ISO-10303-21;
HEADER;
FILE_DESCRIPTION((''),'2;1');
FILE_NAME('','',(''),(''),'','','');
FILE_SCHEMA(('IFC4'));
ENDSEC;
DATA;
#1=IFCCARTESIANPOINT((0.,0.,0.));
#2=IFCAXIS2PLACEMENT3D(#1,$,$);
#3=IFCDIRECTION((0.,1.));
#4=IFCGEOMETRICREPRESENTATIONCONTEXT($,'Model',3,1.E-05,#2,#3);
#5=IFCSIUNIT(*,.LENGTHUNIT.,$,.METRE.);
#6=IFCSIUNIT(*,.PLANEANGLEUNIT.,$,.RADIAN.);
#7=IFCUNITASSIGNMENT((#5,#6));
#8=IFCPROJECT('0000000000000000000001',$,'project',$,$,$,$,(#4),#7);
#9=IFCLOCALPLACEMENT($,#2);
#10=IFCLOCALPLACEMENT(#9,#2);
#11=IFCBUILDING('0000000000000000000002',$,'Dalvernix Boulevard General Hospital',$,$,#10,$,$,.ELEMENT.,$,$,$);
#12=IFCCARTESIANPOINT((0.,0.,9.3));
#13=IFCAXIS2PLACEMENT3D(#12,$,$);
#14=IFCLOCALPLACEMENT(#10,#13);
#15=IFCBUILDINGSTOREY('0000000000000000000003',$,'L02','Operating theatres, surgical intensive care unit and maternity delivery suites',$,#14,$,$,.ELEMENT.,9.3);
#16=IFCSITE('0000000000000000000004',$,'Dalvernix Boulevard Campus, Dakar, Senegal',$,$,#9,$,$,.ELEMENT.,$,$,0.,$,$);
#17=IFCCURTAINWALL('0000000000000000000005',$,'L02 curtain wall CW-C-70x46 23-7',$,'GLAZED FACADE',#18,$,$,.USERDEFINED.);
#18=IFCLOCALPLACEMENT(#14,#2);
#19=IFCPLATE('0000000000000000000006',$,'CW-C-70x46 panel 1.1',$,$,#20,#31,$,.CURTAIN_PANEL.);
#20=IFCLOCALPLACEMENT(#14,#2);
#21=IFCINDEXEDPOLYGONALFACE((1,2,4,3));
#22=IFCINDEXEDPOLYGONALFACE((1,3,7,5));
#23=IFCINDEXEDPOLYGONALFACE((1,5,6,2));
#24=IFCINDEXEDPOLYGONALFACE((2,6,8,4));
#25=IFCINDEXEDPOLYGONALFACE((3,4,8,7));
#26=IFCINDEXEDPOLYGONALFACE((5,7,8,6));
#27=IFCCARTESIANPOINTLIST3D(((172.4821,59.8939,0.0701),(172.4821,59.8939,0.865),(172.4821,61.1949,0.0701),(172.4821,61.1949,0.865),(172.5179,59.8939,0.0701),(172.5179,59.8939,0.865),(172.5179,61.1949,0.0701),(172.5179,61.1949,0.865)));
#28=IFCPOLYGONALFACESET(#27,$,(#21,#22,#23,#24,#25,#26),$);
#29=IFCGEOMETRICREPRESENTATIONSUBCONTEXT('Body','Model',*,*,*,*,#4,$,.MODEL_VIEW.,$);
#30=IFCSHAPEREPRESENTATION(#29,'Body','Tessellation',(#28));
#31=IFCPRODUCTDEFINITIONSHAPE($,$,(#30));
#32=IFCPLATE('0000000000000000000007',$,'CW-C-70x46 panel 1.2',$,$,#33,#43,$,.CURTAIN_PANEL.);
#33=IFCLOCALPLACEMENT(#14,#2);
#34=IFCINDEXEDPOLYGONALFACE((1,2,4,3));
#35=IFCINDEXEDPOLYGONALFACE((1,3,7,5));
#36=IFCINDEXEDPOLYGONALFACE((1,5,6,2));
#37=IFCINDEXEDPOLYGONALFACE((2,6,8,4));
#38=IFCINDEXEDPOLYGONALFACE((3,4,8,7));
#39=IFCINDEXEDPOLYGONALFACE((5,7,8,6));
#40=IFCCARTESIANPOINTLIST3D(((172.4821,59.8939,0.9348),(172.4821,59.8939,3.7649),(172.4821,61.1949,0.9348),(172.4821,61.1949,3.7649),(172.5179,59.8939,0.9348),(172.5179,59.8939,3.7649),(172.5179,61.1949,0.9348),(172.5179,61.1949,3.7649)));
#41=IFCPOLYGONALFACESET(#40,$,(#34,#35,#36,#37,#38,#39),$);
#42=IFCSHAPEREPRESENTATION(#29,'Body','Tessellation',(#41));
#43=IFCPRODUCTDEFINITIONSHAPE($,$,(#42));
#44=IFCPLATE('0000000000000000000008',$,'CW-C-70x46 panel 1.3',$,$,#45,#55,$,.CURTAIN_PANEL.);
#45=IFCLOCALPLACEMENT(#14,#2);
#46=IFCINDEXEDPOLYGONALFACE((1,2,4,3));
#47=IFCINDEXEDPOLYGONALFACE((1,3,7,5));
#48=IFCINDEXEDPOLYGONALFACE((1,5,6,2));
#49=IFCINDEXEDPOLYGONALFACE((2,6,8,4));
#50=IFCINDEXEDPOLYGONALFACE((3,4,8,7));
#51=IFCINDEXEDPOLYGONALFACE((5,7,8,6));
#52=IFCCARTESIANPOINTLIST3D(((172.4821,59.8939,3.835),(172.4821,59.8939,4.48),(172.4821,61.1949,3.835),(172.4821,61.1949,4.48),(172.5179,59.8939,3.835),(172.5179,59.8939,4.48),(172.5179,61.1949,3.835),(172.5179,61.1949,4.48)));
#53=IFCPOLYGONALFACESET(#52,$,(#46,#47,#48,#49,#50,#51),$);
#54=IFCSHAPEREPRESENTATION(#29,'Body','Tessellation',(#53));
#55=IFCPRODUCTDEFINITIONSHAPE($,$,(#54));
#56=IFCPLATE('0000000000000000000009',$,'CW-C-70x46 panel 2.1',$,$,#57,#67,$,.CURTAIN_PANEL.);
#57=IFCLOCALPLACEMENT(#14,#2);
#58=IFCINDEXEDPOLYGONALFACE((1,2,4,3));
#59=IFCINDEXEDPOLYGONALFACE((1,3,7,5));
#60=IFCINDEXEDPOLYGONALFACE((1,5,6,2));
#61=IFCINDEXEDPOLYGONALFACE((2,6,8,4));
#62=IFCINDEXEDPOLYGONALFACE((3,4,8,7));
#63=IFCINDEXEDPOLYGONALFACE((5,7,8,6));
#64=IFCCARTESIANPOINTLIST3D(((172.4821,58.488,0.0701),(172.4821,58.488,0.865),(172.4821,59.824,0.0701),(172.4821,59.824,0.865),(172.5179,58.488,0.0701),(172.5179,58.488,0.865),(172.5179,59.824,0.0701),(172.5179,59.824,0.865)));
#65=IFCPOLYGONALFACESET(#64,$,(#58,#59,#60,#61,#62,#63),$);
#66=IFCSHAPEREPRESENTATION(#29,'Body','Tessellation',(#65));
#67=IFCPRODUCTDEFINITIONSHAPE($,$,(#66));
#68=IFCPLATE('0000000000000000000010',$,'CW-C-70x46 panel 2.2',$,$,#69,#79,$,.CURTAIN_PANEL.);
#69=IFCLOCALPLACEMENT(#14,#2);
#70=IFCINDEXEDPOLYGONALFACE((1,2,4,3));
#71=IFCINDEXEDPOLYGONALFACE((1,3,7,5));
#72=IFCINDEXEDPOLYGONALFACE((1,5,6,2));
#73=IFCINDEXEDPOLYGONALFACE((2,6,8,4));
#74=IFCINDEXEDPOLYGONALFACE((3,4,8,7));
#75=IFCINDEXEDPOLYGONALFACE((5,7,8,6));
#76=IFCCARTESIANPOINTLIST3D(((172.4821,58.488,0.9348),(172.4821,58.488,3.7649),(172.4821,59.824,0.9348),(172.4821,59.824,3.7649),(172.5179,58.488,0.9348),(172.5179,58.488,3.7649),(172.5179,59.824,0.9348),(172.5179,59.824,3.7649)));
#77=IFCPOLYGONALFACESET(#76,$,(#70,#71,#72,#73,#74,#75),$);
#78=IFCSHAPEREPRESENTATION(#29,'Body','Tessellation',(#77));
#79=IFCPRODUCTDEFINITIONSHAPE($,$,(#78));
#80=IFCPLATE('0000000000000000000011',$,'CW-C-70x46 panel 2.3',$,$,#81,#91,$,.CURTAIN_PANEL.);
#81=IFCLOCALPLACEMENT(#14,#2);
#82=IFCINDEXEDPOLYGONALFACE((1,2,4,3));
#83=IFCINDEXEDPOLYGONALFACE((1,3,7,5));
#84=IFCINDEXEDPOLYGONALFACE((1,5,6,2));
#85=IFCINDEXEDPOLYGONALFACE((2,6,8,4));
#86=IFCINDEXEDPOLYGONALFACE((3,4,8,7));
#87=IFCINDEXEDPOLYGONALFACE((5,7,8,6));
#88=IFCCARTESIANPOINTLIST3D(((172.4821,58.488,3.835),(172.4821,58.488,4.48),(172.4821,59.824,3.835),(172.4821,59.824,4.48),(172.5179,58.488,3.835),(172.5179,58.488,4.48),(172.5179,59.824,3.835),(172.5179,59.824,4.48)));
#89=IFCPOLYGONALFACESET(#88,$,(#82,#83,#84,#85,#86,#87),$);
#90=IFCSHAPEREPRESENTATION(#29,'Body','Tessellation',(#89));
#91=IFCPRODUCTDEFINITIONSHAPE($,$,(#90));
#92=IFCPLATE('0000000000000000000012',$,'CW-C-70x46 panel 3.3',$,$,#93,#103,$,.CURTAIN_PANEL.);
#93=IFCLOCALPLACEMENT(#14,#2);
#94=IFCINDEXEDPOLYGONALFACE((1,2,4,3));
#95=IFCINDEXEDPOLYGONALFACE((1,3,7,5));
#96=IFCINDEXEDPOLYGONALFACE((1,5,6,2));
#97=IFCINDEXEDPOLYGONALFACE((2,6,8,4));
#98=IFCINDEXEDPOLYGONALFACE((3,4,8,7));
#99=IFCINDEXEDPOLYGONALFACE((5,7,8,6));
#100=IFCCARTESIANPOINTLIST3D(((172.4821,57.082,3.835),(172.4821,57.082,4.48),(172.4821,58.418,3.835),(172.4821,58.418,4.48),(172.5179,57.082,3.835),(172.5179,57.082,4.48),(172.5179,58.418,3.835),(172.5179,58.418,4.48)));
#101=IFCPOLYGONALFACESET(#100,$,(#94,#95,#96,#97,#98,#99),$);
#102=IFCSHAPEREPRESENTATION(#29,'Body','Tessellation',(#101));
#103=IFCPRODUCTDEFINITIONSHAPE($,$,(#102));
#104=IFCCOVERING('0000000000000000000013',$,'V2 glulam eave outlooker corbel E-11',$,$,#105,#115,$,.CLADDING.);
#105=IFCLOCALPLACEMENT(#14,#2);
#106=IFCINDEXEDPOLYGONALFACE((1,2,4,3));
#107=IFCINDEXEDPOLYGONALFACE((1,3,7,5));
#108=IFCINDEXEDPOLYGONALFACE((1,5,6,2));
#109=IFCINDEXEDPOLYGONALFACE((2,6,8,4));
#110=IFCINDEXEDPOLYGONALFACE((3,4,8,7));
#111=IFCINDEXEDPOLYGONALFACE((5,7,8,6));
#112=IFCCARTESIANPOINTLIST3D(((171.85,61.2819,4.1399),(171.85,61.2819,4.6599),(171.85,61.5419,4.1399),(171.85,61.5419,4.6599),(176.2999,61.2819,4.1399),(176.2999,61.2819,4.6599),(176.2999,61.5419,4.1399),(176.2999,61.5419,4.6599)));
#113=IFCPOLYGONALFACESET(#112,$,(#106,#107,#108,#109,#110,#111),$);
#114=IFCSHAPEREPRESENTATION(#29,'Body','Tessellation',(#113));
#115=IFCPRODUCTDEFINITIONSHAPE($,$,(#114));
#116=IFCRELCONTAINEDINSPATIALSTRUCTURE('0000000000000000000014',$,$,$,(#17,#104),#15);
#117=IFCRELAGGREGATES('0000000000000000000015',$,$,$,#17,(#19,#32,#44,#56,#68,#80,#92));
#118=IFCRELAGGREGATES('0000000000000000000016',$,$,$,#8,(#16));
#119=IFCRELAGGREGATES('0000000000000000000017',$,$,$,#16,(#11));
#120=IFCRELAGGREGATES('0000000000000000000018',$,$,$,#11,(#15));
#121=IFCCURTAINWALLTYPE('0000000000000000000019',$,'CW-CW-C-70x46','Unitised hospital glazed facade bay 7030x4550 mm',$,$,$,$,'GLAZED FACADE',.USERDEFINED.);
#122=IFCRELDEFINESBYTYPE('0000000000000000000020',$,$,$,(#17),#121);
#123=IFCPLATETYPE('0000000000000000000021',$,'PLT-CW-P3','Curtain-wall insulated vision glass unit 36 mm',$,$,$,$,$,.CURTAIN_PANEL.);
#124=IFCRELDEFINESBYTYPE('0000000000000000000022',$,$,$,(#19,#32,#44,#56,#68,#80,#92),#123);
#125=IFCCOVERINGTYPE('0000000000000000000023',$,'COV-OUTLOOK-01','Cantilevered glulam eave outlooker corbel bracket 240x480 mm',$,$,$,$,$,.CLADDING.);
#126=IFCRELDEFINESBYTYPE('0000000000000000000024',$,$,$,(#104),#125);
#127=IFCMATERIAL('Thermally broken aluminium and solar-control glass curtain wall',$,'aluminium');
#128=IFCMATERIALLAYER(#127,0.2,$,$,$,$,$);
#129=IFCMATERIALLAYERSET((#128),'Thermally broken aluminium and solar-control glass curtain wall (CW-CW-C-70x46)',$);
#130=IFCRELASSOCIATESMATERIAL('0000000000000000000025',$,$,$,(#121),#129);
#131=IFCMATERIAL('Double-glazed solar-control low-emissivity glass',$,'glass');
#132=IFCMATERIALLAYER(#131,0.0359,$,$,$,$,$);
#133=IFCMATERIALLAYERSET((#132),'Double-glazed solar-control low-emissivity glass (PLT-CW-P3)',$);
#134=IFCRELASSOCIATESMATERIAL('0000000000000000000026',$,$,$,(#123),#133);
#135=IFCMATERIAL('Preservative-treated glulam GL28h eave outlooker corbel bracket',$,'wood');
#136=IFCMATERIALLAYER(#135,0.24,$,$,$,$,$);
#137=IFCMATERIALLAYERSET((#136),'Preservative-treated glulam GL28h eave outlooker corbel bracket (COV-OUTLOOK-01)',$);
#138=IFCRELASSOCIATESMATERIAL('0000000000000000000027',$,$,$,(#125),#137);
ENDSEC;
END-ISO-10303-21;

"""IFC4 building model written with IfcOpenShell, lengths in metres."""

from ifc_helpers import new_model, si_unit, direction, frame, origin, origin_2d, place, context, subcontext, project, spatial, rectangle, extrude, material, layer, layer_set, type_object, element, aggregate, save


model = new_model("IFC4")

# Units and contexts
model_context = context("Model", 3, precision=1e-05, world=origin(), true_north=direction((0.0, 1.0)))
body_context = subcontext(model_context, "Body", "Model", "MODEL_VIEW")
ifc_project = project(units=[si_unit("LENGTHUNIT", "METRE"), si_unit("PLANEANGLEUNIT", "RADIAN")], contexts=[model_context])

# Site, building, storey
site_placement = place(None, origin())
site = spatial("IfcSite", under=ifc_project, at=site_placement, Name="Dalvernix Boulevard Campus, Dakar, Senegal", CompositionType="ELEMENT", RefElevation=0.0)
building_placement = place(site_placement, origin())
building = spatial("IfcBuilding", under=site, at=building_placement, Name="Dalvernix Boulevard General Hospital", CompositionType="ELEMENT")
storey_placement = place(building_placement, frame((0.0, 0.0, 9.3)))
storey = spatial("IfcBuildingStorey", under=building, at=storey_placement, Name="L02", Description="Operating theatres, surgical intensive care unit and maternity delivery suites", CompositionType="ELEMENT", Elevation=9.3)

# Curtain wall, plates
ifc_material_1 = material(Name="Thermally broken aluminium and solar-control glass curtain wall", Category="aluminium")
ifc_layer_1 = layer(ifc_material_1, 0.2)
ifc_layer_set_1 = layer_set([ifc_layer_1], Name="Thermally broken aluminium and solar-control glass curtain wall (CW-CW-C-70x46)")
curtain_wall_type = type_object("IfcCurtainWallType", Name="CW-CW-C-70x46", Description="Unitised hospital glazed facade bay 7030x4550 mm", ElementType="GLAZED FACADE", PredefinedType="USERDEFINED", material=ifc_layer_set_1)
curtain_wall_placement = place(storey_placement, origin())
curtain_wall = element("IfcCurtainWall", 1, at=curtain_wall_placement, inside=storey, type_object=curtain_wall_type, Name="L02 curtain wall CW-C-70x46 23-7", ObjectType="GLAZED FACADE", PredefinedType="USERDEFINED")
ifc_material_2 = material(Name="Double-glazed solar-control low-emissivity glass", Category="glass")
ifc_layer_2 = layer(ifc_material_2, 0.0359)
ifc_layer_set_2 = layer_set([ifc_layer_2], Name="Double-glazed solar-control low-emissivity glass (PLT-CW-P3)")
plate_type = type_object("IfcPlateType", Name="PLT-CW-P3", Description="Curtain-wall insulated vision glass unit 36 mm", PredefinedType="CURTAIN_PANEL", material=ifc_layer_set_2)
plate_1_placement = place(storey_placement, frame((172.5, 60.5444, 0.0701), z_axis=(0.0, 0.0, 1.0), x_axis=(0.0, -1.0, 0.0)))
plate_1 = element("IfcPlate", 2, at=plate_1_placement, type_object=plate_type, Name="CW-C-70x46 panel 1.1", PredefinedType="CURTAIN_PANEL", context=body_context, shape_type="SweptSolid", body=[
    extrude(rectangle(XDim=1.301, YDim=0.0359, at=origin_2d()), origin(), (0.0, 0.0, 1.0), 0.7949),
])
plate_2_placement = place(storey_placement, frame((172.5, 60.5444, 0.9348), z_axis=(0.0, 0.0, 1.0), x_axis=(0.0, -1.0, 0.0)))
plate_2 = element("IfcPlate", 3, at=plate_2_placement, type_object=plate_type, Name="CW-C-70x46 panel 1.2", PredefinedType="CURTAIN_PANEL", context=body_context, shape_type="SweptSolid", body=[
    extrude(rectangle(XDim=1.301, YDim=0.0359, at=origin_2d()), origin(), (0.0, 0.0, 1.0), 2.8301),
])
plate_3_placement = place(storey_placement, frame((172.5, 60.5444, 3.835), z_axis=(0.0, 0.0, 1.0), x_axis=(0.0, -1.0, 0.0)))
plate_3 = element("IfcPlate", 4, at=plate_3_placement, type_object=plate_type, Name="CW-C-70x46 panel 1.3", PredefinedType="CURTAIN_PANEL", context=body_context, shape_type="SweptSolid", body=[
    extrude(rectangle(XDim=1.301, YDim=0.0359, at=origin_2d()), origin(), (0.0, 0.0, 1.0), 0.645),
])
plate_4_placement = place(storey_placement, frame((172.5, 59.156, 0.0701), z_axis=(0.0, 0.0, 1.0), x_axis=(0.0, -1.0, 0.0)))
plate_4 = element("IfcPlate", 5, at=plate_4_placement, type_object=plate_type, Name="CW-C-70x46 panel 2.1", PredefinedType="CURTAIN_PANEL", context=body_context, shape_type="SweptSolid", body=[
    extrude(rectangle(XDim=1.3359, YDim=0.0359, at=origin_2d()), origin(), (0.0, 0.0, 1.0), 0.7949),
])
plate_5_placement = place(storey_placement, frame((172.5, 59.156, 0.9348), z_axis=(0.0, 0.0, 1.0), x_axis=(0.0, -1.0, 0.0)))
plate_5 = element("IfcPlate", 6, at=plate_5_placement, type_object=plate_type, Name="CW-C-70x46 panel 2.2", PredefinedType="CURTAIN_PANEL", context=body_context, shape_type="SweptSolid", body=[
    extrude(rectangle(XDim=1.3359, YDim=0.0359, at=origin_2d()), origin(), (0.0, 0.0, 1.0), 2.8301),
])
plate_6_placement = place(storey_placement, frame((172.5, 59.156, 3.835), z_axis=(0.0, 0.0, 1.0), x_axis=(0.0, -1.0, 0.0)))
plate_6 = element("IfcPlate", 7, at=plate_6_placement, type_object=plate_type, Name="CW-C-70x46 panel 2.3", PredefinedType="CURTAIN_PANEL", context=body_context, shape_type="SweptSolid", body=[
    extrude(rectangle(XDim=1.3359, YDim=0.0359, at=origin_2d()), origin(), (0.0, 0.0, 1.0), 0.645),
])
plate_7_placement = place(storey_placement, frame((172.5, 57.75, 3.835), z_axis=(0.0, 0.0, 1.0), x_axis=(0.0, -1.0, 0.0)))
plate_7 = element("IfcPlate", 8, at=plate_7_placement, type_object=plate_type, Name="CW-C-70x46 panel 3.3", PredefinedType="CURTAIN_PANEL", context=body_context, shape_type="SweptSolid", body=[
    extrude(rectangle(XDim=1.3359, YDim=0.0359, at=origin_2d()), origin(), (0.0, 0.0, 1.0), 0.645),
])
aggregate(curtain_wall, [plate_1, plate_2, plate_3, plate_4, plate_5, plate_6, plate_7])

# Covering
ifc_material_3 = material(Name="Preservative-treated glulam GL28h eave outlooker corbel bracket", Category="wood")
ifc_layer_3 = layer(ifc_material_3, 0.24)
ifc_layer_set_3 = layer_set([ifc_layer_3], Name="Preservative-treated glulam GL28h eave outlooker corbel bracket (COV-OUTLOOK-01)")
covering_type = type_object("IfcCoveringType", Name="COV-OUTLOOK-01", Description="Cantilevered glulam eave outlooker corbel bracket 240x480 mm", PredefinedType="CLADDING", material=ifc_layer_set_3)
covering_placement = place(storey_placement, frame((174.075, 61.4119, 4.1399), z_axis=(0.0, 0.0, 1.0), x_axis=(1.0, 0.0, 0.0)))
element("IfcCovering", 9, at=covering_placement, inside=storey, type_object=covering_type, Name="V2 glulam eave outlooker corbel E-11", PredefinedType="CLADDING", context=body_context, shape_type="SweptSolid", body=[
    extrude(rectangle(XDim=4.45, YDim=0.26, at=origin_2d()), origin(), (0.0, 0.0, 1.0), 0.52),
])

save(model, "model.ifc")
